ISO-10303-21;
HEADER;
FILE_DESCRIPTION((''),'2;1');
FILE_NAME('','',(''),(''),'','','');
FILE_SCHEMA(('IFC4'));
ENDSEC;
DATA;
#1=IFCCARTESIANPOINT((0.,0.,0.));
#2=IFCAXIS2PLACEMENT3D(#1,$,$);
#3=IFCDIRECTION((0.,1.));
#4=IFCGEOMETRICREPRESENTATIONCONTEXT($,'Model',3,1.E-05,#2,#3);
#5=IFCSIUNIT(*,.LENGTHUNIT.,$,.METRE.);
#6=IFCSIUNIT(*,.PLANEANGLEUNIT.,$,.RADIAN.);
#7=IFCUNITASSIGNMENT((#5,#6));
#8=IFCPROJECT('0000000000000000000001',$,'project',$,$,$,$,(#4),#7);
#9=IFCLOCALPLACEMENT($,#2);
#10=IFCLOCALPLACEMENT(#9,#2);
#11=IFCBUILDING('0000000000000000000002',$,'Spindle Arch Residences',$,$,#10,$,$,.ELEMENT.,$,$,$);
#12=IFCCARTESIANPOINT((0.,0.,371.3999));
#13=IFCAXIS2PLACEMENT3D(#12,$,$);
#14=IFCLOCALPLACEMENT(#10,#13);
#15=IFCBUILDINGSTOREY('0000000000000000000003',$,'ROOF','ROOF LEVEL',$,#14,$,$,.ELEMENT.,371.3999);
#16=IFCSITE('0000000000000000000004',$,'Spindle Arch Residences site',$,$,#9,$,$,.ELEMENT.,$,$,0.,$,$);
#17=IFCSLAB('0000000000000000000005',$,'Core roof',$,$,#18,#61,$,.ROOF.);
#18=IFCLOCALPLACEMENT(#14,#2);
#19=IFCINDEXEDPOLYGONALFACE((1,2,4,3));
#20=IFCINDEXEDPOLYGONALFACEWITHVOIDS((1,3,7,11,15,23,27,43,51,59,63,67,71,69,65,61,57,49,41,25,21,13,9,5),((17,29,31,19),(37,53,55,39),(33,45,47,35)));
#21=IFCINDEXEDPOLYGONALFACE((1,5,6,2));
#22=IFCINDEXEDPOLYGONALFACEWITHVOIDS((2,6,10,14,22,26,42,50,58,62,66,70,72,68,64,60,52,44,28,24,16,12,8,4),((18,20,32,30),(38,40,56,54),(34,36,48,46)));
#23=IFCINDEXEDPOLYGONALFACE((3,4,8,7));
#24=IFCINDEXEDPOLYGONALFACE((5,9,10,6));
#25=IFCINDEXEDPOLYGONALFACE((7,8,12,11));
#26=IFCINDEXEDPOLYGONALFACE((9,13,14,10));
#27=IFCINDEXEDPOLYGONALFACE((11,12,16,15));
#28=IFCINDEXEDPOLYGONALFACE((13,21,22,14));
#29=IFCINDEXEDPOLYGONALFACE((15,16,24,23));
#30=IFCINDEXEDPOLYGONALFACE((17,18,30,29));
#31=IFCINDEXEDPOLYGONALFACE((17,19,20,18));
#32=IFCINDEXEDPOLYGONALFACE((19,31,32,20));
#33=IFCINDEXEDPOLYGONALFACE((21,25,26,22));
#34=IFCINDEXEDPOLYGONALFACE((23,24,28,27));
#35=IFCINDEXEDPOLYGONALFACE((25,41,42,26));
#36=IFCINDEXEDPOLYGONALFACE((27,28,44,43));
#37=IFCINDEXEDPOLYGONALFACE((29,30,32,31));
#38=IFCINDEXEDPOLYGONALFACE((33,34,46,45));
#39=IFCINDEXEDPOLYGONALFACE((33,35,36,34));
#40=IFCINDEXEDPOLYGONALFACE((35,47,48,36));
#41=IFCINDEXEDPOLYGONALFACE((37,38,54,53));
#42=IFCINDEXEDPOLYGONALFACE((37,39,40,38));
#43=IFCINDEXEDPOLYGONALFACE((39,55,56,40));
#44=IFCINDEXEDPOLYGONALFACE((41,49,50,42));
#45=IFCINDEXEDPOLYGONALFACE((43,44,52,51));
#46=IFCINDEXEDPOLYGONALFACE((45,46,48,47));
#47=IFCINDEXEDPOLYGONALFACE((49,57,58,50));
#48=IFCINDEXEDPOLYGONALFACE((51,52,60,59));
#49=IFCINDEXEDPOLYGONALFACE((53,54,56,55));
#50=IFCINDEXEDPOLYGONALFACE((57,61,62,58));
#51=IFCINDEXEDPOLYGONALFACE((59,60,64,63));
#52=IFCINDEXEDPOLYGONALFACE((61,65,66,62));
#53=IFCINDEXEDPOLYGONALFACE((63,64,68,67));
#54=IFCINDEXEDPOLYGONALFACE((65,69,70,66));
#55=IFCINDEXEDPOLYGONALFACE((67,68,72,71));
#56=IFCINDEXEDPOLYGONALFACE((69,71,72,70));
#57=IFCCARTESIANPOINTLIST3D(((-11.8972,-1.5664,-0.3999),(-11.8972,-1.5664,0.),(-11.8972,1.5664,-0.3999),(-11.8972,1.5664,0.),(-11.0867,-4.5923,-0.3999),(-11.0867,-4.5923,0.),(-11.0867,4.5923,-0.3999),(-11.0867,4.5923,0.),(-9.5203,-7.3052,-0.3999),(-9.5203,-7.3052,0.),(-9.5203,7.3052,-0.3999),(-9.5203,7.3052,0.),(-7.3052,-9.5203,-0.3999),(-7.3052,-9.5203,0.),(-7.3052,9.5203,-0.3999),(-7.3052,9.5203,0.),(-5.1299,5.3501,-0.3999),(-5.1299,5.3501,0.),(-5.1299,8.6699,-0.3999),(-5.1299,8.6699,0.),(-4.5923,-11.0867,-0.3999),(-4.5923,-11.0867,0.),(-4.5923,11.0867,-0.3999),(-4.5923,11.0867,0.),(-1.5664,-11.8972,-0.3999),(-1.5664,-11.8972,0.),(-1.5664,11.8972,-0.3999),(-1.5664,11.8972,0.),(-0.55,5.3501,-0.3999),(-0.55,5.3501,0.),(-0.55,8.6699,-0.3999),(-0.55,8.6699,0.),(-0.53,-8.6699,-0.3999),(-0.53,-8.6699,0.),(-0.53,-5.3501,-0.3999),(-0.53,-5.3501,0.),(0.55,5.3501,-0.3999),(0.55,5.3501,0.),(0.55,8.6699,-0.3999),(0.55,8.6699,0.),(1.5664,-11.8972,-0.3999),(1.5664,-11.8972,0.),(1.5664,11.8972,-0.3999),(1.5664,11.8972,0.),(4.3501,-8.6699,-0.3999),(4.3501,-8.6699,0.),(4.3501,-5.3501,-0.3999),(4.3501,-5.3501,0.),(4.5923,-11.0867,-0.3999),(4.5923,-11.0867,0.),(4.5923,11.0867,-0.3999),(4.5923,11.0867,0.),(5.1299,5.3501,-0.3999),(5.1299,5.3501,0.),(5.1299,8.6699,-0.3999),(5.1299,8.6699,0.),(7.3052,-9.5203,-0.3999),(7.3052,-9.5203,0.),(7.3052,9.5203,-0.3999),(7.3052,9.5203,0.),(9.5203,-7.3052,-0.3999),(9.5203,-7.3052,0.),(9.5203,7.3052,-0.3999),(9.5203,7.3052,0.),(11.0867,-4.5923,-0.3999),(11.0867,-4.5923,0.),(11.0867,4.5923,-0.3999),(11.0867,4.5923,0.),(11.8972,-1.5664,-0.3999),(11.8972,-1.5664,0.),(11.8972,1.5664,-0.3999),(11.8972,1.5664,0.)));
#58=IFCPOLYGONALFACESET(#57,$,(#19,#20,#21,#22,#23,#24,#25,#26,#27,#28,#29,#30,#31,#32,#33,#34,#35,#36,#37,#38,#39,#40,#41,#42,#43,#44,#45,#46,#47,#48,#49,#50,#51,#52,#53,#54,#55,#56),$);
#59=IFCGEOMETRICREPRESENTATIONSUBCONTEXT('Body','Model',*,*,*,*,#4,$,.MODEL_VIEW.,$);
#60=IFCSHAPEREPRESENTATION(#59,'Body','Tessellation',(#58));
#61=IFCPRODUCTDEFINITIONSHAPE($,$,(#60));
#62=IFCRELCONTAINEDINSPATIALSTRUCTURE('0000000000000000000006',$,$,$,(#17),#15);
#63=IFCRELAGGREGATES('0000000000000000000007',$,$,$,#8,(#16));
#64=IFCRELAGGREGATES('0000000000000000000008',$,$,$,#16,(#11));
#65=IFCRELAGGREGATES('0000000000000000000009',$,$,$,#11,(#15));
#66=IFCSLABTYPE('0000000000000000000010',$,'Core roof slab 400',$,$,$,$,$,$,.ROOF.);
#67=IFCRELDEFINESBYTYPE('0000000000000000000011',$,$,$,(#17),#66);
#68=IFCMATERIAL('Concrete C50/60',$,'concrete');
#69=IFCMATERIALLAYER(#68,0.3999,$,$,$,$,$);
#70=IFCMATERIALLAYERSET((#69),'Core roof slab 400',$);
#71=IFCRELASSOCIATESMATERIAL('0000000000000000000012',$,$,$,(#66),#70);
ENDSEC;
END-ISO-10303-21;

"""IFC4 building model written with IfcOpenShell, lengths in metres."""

from ifc_helpers import new_model, si_unit, direction, frame, origin, place, context, subcontext, project, spatial, polyline, outline, extrude, material, layer, layer_set, type_object, element, save


model = new_model("IFC4")

# Units and contexts
model_context = context("Model", 3, precision=1e-05, world=origin(), true_north=direction((0.0, 1.0)))
body_context = subcontext(model_context, "Body", "Model", "MODEL_VIEW")
ifc_project = project(units=[si_unit("LENGTHUNIT", "METRE"), si_unit("PLANEANGLEUNIT", "RADIAN")], contexts=[model_context])

# Site, building, storey
site_placement = place(None, origin())
site = spatial("IfcSite", under=ifc_project, at=site_placement, Name="Spindle Arch Residences site", CompositionType="ELEMENT", RefElevation=0.0)
building_placement = place(site_placement, origin())
building = spatial("IfcBuilding", under=site, at=building_placement, Name="Spindle Arch Residences", CompositionType="ELEMENT")
storey_placement = place(building_placement, frame((0.0, 0.0, 371.3999)))
storey = spatial("IfcBuildingStorey", under=building, at=storey_placement, Name="ROOF", Description="ROOF LEVEL", CompositionType="ELEMENT", Elevation=371.3999)

# Slab
ifc_material_1 = material(Name="Concrete C50/60", Category="concrete")
ifc_layer_1 = layer(ifc_material_1, 0.3999)
ifc_layer_set_1 = layer_set([ifc_layer_1], Name="Core roof slab 400")
slab_type_1 = type_object("IfcSlabType", Name="Core roof slab 400", PredefinedType="ROOF", material=ifc_layer_set_1)
slab_1_placement = place(storey_placement, frame((0.0, 0.0, -0.3999)))
element("IfcSlab", 1, at=slab_1_placement, inside=storey, type_object=slab_type_1, Name="Core roof", PredefinedType="ROOF", context=body_context, shape_type="SweptSolid", body=[
    extrude(outline(polyline([(1.5664, -11.8972), (4.5923, -11.0867), (7.3052, -9.5203), (9.5203, -7.3052), (11.0867, -4.5923), (11.8972, -1.5664), (11.8972, 1.5664), (11.0867, 4.5923), (9.5203, 7.3052), (7.3052, 9.5203), (4.5923, 11.0867), (1.5664, 11.8972), (-1.5664, 11.8972), (-4.5923, 11.0867), (-7.3052, 9.5203), (-9.5203, 7.3052), (-11.0867, 4.5923), (-11.8972, 1.5664), (-11.8972, -1.5664), (-11.0867, -4.5923), (-9.5203, -7.3052), (-7.3052, -9.5203), (-4.5923, -11.0867), (-1.5664, -11.8972), (1.5664, -11.8972)]), holes=[polyline([(5.1299, 8.6699), (0.55, 8.6699), (0.55, 5.3501), (5.1299, 5.3501), (5.1299, 8.6699)]), polyline([(-5.1299, 5.3501), (-0.55, 5.3501), (-0.55, 8.6699), (-5.1299, 8.6699), (-5.1299, 5.3501)]), polyline([(-0.53, -8.6699), (4.3501, -8.6699), (4.3501, -5.3501), (-0.53, -5.3501), (-0.53, -8.6699)])]), origin(), (0.0, 0.0, 1.0), 0.3999),
])

save(model, "model.ifc")
